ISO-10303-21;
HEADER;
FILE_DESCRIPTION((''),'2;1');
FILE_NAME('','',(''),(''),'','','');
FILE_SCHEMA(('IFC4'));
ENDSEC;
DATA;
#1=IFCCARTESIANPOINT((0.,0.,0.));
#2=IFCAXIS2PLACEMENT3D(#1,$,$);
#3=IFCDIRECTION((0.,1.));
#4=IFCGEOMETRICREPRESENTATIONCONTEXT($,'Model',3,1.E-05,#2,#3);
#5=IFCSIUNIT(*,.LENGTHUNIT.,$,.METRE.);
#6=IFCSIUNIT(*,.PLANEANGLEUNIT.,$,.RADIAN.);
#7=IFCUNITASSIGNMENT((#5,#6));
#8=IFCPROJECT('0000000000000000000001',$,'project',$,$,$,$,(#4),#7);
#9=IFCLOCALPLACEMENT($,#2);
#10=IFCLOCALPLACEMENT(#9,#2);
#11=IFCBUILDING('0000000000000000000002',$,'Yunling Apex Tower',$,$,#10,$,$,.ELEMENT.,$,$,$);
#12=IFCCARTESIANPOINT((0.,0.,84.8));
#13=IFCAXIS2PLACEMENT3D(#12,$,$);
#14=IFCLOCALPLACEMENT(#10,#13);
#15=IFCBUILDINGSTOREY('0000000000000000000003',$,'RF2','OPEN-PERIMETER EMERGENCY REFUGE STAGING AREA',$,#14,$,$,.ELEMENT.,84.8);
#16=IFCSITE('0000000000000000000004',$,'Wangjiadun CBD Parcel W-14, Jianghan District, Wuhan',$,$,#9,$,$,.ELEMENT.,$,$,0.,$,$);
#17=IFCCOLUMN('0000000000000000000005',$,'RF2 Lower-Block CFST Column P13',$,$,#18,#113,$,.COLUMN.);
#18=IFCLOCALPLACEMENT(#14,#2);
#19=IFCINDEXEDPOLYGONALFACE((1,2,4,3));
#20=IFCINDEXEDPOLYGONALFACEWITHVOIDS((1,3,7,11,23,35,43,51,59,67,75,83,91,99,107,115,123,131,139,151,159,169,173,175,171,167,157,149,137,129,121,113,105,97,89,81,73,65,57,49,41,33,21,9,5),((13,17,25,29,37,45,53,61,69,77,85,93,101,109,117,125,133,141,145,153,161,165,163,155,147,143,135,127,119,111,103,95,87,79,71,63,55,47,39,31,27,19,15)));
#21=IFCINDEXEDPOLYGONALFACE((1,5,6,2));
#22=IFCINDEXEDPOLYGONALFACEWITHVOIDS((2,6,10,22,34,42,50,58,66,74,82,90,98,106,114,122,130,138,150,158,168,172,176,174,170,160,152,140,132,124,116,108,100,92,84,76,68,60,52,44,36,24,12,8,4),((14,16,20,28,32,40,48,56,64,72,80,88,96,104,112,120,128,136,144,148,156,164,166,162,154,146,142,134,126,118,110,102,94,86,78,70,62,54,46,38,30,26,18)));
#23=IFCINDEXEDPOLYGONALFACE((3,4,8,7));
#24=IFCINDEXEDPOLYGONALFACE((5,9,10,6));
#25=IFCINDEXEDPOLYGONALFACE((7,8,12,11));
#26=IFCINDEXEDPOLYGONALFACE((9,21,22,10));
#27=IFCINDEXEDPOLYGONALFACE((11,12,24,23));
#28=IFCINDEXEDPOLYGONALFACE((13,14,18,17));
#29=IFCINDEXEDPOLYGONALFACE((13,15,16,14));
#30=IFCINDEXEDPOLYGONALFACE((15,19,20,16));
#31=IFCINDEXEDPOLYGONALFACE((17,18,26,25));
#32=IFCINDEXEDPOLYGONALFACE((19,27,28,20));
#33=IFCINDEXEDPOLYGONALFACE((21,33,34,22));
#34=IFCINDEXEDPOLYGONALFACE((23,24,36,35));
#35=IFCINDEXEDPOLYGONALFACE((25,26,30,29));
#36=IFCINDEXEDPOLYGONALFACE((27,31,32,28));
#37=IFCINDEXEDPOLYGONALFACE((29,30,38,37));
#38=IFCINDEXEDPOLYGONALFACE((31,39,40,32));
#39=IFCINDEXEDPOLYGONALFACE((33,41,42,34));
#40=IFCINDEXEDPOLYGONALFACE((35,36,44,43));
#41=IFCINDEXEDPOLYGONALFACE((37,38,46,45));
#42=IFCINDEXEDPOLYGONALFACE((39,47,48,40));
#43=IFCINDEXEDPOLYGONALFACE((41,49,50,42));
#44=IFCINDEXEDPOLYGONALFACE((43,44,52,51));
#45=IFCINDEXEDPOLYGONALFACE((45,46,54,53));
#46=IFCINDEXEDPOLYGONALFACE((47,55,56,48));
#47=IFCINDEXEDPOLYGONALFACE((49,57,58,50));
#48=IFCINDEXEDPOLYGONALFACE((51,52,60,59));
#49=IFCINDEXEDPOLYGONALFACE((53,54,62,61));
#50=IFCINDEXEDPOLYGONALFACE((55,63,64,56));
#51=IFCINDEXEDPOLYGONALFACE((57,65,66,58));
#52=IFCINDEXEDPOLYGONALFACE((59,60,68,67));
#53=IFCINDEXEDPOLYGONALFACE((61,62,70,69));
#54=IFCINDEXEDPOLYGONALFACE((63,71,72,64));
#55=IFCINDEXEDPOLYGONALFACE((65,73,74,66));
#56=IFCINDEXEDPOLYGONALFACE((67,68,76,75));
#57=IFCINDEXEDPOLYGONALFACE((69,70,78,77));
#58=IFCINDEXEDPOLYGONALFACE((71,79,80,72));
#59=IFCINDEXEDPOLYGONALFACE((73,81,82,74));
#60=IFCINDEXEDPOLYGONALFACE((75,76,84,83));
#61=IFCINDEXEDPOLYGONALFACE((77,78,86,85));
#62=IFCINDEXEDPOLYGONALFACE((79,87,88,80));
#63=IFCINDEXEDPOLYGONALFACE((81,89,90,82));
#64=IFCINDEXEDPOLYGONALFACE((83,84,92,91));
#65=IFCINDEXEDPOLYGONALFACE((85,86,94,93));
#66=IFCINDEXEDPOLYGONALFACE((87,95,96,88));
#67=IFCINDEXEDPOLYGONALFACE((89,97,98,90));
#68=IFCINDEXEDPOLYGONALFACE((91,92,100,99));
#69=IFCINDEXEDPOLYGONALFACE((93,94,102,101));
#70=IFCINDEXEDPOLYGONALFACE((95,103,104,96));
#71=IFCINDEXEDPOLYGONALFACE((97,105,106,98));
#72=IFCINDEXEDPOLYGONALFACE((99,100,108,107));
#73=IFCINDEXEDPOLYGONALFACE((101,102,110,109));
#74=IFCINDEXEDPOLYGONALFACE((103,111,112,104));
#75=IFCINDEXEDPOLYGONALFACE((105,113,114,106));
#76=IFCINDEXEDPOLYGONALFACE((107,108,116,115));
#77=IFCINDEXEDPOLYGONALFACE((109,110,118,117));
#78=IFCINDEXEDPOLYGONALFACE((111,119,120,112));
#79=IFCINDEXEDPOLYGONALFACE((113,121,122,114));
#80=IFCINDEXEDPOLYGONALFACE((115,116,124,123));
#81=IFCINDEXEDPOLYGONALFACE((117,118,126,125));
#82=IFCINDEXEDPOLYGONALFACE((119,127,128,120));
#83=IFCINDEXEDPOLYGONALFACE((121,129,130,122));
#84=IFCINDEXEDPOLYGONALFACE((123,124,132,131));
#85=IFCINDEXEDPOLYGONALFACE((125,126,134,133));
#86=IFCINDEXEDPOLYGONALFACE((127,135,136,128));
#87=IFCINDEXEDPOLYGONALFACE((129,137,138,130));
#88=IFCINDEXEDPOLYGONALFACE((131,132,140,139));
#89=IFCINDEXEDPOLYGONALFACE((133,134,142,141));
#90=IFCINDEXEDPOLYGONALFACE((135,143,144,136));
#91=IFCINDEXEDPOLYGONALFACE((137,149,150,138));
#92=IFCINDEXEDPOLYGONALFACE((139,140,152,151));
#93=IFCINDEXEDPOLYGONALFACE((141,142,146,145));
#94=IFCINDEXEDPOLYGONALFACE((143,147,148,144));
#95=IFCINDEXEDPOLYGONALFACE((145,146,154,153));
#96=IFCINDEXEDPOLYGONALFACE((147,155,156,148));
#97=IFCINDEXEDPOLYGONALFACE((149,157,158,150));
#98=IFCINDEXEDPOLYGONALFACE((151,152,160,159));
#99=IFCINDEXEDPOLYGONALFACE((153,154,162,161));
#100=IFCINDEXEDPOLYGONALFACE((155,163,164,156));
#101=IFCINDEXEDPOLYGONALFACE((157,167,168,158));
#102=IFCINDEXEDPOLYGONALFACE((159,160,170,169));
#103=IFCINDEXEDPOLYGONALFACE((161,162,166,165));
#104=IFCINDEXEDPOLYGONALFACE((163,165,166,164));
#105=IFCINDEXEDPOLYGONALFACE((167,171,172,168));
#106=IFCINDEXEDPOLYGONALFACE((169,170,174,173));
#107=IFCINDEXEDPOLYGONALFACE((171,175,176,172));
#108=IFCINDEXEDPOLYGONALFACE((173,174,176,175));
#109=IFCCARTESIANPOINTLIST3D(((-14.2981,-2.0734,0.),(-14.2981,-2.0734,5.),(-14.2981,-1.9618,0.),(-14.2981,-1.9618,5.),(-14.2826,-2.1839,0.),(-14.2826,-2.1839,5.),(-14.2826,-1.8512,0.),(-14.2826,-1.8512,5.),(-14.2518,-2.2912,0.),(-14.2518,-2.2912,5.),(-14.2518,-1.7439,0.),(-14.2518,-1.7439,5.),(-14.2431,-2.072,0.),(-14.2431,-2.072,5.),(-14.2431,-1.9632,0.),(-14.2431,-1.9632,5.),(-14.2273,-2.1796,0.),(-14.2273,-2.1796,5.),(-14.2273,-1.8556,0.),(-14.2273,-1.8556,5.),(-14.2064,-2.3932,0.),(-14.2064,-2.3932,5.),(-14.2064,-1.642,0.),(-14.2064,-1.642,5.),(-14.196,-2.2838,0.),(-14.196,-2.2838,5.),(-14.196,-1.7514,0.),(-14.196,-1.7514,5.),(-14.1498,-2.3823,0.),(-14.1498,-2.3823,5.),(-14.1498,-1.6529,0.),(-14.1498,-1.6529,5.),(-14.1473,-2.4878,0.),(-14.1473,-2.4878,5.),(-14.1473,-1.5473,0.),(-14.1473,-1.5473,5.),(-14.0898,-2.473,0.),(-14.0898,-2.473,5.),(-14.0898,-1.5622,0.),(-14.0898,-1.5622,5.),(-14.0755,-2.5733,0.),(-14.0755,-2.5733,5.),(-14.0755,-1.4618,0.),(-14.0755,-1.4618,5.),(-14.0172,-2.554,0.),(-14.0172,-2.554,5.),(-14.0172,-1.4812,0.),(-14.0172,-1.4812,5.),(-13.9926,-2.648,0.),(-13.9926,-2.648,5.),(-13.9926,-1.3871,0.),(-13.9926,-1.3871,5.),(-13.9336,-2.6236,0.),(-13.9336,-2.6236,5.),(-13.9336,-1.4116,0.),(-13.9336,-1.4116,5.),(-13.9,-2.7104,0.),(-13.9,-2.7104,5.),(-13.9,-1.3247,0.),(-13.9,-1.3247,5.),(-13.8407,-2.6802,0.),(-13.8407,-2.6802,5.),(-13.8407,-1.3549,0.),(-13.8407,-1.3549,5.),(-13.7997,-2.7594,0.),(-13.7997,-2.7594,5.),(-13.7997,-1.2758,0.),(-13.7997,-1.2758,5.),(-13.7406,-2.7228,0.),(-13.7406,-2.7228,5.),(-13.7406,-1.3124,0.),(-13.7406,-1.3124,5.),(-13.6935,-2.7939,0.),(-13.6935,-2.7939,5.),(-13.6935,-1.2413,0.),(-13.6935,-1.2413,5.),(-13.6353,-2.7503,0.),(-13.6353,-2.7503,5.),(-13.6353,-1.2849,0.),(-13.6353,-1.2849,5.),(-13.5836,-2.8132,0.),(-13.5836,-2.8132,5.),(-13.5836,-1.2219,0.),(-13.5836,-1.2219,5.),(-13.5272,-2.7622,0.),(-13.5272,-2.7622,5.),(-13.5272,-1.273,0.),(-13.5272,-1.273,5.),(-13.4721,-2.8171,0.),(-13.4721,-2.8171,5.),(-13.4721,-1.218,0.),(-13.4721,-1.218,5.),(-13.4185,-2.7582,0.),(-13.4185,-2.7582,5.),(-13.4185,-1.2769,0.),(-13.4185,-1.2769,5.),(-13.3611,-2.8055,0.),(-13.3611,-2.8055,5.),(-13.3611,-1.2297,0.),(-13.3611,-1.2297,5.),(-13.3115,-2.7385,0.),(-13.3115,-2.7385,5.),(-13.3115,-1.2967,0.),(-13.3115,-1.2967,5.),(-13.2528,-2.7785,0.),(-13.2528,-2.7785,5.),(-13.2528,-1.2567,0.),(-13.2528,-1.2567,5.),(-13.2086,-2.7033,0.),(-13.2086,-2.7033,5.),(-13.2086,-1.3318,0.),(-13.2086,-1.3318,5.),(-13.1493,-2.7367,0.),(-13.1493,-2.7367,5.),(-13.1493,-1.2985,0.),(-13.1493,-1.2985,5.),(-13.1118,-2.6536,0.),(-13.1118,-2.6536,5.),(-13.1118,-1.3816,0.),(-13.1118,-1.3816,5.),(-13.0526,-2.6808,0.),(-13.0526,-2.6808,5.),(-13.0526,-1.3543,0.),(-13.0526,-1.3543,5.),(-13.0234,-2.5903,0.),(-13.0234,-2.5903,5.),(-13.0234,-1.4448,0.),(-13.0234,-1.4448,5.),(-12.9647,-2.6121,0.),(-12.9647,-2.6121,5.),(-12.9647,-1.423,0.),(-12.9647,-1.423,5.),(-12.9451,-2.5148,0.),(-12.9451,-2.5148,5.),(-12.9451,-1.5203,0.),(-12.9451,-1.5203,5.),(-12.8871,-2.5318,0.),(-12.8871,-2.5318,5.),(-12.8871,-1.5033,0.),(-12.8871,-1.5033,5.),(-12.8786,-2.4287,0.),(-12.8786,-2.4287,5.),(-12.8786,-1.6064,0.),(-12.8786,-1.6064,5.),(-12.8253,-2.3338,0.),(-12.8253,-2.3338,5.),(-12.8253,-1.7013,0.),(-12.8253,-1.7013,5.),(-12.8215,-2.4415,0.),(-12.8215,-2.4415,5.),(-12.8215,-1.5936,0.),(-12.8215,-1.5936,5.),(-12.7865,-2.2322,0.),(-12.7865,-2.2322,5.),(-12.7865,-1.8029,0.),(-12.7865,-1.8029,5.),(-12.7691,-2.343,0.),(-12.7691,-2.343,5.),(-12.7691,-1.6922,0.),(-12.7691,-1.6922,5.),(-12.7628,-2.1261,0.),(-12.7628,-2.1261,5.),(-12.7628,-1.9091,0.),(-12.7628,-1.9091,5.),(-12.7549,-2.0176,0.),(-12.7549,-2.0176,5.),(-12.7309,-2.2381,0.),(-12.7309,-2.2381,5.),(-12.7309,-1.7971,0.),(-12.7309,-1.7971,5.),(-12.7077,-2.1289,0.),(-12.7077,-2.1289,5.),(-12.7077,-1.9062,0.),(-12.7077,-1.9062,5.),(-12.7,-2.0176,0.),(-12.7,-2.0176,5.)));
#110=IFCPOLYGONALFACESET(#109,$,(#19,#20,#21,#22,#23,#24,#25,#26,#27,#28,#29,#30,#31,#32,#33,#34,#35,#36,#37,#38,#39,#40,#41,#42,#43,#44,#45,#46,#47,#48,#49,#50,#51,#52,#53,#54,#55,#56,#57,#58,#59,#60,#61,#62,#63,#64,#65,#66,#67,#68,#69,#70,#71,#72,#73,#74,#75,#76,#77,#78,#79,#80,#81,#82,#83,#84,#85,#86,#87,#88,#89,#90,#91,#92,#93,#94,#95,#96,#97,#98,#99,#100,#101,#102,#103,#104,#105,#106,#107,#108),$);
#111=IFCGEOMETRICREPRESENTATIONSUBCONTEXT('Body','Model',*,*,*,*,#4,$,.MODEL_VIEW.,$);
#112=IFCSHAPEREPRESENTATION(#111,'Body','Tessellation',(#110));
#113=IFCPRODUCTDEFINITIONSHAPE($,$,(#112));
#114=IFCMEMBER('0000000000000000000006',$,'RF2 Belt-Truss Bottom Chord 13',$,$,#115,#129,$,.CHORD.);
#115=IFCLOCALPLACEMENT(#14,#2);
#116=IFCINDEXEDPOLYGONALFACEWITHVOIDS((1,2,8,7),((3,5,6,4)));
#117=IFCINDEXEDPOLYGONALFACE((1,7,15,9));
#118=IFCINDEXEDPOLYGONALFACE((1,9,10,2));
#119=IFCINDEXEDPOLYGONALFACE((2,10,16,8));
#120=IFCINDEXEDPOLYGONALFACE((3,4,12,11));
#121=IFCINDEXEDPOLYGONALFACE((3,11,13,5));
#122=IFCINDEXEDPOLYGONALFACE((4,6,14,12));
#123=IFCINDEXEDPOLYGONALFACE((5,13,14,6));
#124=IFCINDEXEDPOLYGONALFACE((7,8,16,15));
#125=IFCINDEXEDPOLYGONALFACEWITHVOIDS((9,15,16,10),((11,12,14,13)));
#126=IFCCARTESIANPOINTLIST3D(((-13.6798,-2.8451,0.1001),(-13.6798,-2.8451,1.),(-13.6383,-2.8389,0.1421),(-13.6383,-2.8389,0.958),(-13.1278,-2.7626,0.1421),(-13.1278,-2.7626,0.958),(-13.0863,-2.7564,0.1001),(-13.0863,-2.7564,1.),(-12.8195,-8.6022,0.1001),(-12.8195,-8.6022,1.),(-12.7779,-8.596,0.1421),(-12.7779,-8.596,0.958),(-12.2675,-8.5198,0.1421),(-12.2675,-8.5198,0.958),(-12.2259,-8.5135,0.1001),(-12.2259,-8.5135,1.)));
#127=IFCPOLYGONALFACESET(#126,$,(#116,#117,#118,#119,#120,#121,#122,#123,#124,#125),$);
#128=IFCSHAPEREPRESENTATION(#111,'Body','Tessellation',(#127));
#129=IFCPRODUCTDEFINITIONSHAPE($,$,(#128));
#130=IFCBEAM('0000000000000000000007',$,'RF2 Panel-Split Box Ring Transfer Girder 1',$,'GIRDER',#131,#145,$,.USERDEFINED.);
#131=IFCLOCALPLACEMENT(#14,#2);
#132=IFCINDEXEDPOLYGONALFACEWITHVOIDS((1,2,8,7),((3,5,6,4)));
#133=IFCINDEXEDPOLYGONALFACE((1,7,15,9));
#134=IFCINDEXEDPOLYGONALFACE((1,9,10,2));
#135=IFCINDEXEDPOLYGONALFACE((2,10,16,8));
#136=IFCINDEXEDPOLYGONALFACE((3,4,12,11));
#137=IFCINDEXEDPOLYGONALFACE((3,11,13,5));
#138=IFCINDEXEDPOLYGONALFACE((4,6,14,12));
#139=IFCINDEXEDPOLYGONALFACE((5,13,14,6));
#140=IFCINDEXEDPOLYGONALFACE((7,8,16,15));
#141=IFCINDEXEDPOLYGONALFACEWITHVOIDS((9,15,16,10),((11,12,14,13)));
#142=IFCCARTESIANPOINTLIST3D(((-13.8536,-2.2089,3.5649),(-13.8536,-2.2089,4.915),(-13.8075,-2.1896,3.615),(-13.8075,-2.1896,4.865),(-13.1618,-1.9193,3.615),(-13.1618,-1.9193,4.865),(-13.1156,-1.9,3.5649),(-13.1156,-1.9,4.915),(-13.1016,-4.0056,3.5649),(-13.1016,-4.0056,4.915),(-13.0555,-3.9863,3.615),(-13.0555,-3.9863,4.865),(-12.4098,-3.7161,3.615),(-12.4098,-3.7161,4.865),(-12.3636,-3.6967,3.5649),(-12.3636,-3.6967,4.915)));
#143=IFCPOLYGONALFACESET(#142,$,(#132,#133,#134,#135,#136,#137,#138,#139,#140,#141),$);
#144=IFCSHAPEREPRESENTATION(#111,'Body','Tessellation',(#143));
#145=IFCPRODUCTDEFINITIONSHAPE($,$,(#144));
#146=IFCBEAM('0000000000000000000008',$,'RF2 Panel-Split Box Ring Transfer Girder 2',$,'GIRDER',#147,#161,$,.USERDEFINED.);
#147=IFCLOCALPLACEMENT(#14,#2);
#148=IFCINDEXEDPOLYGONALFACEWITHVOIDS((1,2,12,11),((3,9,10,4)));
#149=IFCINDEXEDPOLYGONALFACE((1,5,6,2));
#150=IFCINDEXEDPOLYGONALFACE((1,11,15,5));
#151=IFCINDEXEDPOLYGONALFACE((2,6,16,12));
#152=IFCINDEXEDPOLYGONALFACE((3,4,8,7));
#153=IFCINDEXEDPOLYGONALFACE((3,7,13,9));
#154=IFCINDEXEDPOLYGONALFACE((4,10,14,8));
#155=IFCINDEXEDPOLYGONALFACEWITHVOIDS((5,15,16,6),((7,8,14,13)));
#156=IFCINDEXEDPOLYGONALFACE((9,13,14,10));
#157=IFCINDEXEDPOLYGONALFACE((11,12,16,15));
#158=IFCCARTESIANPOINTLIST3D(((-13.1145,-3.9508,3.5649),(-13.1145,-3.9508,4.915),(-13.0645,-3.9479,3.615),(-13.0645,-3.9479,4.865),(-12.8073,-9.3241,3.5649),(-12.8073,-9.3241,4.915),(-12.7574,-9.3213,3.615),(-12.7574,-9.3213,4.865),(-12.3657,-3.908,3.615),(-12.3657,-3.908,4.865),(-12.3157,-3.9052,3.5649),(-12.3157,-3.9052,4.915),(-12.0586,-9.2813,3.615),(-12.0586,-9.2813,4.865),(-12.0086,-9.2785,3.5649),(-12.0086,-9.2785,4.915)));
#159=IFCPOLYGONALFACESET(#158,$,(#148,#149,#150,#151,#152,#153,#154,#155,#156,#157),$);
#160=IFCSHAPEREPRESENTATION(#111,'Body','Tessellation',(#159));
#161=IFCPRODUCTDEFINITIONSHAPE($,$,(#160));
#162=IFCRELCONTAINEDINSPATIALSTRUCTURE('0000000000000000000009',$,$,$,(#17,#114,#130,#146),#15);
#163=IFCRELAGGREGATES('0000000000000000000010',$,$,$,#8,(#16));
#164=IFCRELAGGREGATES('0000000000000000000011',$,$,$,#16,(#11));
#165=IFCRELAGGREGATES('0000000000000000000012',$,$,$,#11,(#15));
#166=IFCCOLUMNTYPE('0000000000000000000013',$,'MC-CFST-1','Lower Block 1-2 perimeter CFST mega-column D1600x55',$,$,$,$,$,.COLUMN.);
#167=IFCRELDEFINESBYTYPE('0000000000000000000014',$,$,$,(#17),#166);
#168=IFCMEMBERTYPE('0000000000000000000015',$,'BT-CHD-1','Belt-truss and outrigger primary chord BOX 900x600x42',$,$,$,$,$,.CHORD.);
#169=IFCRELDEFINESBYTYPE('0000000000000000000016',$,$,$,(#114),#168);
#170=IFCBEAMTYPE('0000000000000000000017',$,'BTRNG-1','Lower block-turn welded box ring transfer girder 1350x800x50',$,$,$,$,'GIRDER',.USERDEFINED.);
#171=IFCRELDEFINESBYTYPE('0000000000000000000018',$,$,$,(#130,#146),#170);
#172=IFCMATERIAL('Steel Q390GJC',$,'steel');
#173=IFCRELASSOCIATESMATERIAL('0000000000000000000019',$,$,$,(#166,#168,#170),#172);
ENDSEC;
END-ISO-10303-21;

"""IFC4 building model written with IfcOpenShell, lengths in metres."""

from ifc_helpers import new_model, si_unit, direction, frame, origin, origin_2d, place, context, subcontext, project, spatial, hollow_rectangle, hollow_circle, extrude, source, transform, mapped, material, material_profile, profile_set, type_object, element, save


model = new_model("IFC4")

# Units and contexts
model_context = context("Model", 3, precision=1e-05, world=origin(), true_north=direction((0.0, 1.0)))
body_context = subcontext(model_context, "Body", "Model", "MODEL_VIEW")
ifc_project = project(units=[si_unit("LENGTHUNIT", "METRE"), si_unit("PLANEANGLEUNIT", "RADIAN")], contexts=[model_context])

# Site, building, storey
site_placement = place(None, origin())
site = spatial("IfcSite", under=ifc_project, at=site_placement, Name="Wangjiadun CBD Parcel W-14, Jianghan District, Wuhan", CompositionType="ELEMENT", RefElevation=0.0)
building_placement = place(site_placement, origin())
building = spatial("IfcBuilding", under=site, at=building_placement, Name="Yunling Apex Tower", CompositionType="ELEMENT")
storey_placement = place(building_placement, frame((0.0, 0.0, 84.8)))
storey = spatial("IfcBuildingStorey", under=building, at=storey_placement, Name="RF2", Description="OPEN-PERIMETER EMERGENCY REFUGE STAGING AREA", CompositionType="ELEMENT", Elevation=84.8)

# Column
ifc_material_1 = material(Name="Steel Q390GJC", Category="steel")
ifc_material_profile_1 = material_profile(ifc_material_1, hollow_circle(Radius=0.8, WallThickness=0.0549, at=origin_2d()))
ifc_profile_set_1 = profile_set([ifc_material_profile_1], Name="Steel Q390GJC")
column_type = type_object("IfcColumnType", Name="MC-CFST-1", Description="Lower Block 1-2 perimeter CFST mega-column D1600x55", PredefinedType="COLUMN", material=ifc_profile_set_1)
shared_shape_1 = source(origin(), body_context, "Body", "SweptSolid", [
    extrude(hollow_circle(Radius=0.8, WallThickness=0.0549, at=origin_2d()), origin(), (0.0, 0.0, 1.0), 5.0),
])
column_placement = place(storey_placement, frame((-13.5, -2.0176, 0.0), z_axis=(0.0, 0.0, 1.0), x_axis=(1.0, 0.0, 0.0)))
element("IfcColumn", 1, at=column_placement, inside=storey, type_object=column_type, Name="RF2 Lower-Block CFST Column P13", PredefinedType="COLUMN", context=body_context, shape_type="MappedRepresentation", body=[
    mapped(shared_shape_1, transform((0.0, 0.0, 0.0), scale=1.0)),
])

# Member
ifc_material_profile_2 = material_profile(ifc_material_1, hollow_rectangle(XDim=0.6001, YDim=0.8999, WallThickness=0.042, at=origin_2d()))
ifc_profile_set_2 = profile_set([ifc_material_profile_2], Name="Steel Q390GJC")
member_type_1 = type_object("IfcMemberType", Name="BT-CHD-1", Description="Belt-truss and outrigger primary chord BOX 900x600x42", PredefinedType="CHORD", material=ifc_profile_set_2)
shared_shape_2 = source(origin(), body_context, "Body", "SweptSolid", [
    extrude(hollow_rectangle(XDim=0.6001, YDim=0.8999, WallThickness=0.042, at=origin_2d()), origin(), (0.0, 0.0, 1.0), 5.821),
])
member_1_placement = place(storey_placement, frame((-13.3831, -2.8008, 0.55), z_axis=(0.147801, -0.989017, 0.0), x_axis=(0.989017, 0.147801, 0.0)))
element("IfcMember", 2, at=member_1_placement, inside=storey, type_object=member_type_1, Name="RF2 Belt-Truss Bottom Chord 13", PredefinedType="CHORD", context=body_context, shape_type="MappedRepresentation", body=[
    mapped(shared_shape_2, transform((0.0, 0.0, 0.0), scale=1.0)),
])

# Beams
ifc_material_profile_3 = material_profile(ifc_material_1, hollow_rectangle(XDim=0.8, YDim=1.3501, WallThickness=0.05, at=origin_2d()))
ifc_profile_set_3 = profile_set([ifc_material_profile_3], Name="Steel Q390GJC")
beam_type = type_object("IfcBeamType", Name="BTRNG-1", Description="Lower block-turn welded box ring transfer girder 1350x800x50", ElementType="GIRDER", PredefinedType="USERDEFINED", material=ifc_profile_set_3)
shared_shape_3 = source(origin(), body_context, "Body", "SweptSolid", [
    extrude(hollow_rectangle(XDim=0.8, YDim=1.3501, WallThickness=0.05, at=origin_2d()), origin(), (0.0, 0.0, 1.0), 1.9478),
])
beam_1_placement = place(storey_placement, frame((-13.4846, -2.0544, 4.24), z_axis=(0.386084, -0.922464, 0.0), x_axis=(0.922464, 0.386084, 0.0)))
element("IfcBeam", 3, at=beam_1_placement, inside=storey, type_object=beam_type, Name="RF2 Panel-Split Box Ring Transfer Girder 1", ObjectType="GIRDER", PredefinedType="USERDEFINED", context=body_context, shape_type="MappedRepresentation", body=[
    mapped(shared_shape_3, transform((0.0, 0.0, 0.0), scale=1.0)),
])
shared_shape_4 = source(origin(), body_context, "Body", "SweptSolid", [
    extrude(hollow_rectangle(XDim=0.8, YDim=1.3501, WallThickness=0.05, at=origin_2d()), origin(), (0.0, 0.0, 1.0), 5.3821),
])
beam_2_placement = place(storey_placement, frame((-12.7151, -3.928, 4.24), z_axis=(0.057065, -0.99837, 0.0), x_axis=(0.99837, 0.057065, 0.0)))
element("IfcBeam", 4, at=beam_2_placement, inside=storey, type_object=beam_type, Name="RF2 Panel-Split Box Ring Transfer Girder 2", ObjectType="GIRDER", PredefinedType="USERDEFINED", context=body_context, shape_type="MappedRepresentation", body=[
    mapped(shared_shape_4, transform((0.0, 0.0, 0.0), scale=1.0)),
])

save(model, "model.ifc")
